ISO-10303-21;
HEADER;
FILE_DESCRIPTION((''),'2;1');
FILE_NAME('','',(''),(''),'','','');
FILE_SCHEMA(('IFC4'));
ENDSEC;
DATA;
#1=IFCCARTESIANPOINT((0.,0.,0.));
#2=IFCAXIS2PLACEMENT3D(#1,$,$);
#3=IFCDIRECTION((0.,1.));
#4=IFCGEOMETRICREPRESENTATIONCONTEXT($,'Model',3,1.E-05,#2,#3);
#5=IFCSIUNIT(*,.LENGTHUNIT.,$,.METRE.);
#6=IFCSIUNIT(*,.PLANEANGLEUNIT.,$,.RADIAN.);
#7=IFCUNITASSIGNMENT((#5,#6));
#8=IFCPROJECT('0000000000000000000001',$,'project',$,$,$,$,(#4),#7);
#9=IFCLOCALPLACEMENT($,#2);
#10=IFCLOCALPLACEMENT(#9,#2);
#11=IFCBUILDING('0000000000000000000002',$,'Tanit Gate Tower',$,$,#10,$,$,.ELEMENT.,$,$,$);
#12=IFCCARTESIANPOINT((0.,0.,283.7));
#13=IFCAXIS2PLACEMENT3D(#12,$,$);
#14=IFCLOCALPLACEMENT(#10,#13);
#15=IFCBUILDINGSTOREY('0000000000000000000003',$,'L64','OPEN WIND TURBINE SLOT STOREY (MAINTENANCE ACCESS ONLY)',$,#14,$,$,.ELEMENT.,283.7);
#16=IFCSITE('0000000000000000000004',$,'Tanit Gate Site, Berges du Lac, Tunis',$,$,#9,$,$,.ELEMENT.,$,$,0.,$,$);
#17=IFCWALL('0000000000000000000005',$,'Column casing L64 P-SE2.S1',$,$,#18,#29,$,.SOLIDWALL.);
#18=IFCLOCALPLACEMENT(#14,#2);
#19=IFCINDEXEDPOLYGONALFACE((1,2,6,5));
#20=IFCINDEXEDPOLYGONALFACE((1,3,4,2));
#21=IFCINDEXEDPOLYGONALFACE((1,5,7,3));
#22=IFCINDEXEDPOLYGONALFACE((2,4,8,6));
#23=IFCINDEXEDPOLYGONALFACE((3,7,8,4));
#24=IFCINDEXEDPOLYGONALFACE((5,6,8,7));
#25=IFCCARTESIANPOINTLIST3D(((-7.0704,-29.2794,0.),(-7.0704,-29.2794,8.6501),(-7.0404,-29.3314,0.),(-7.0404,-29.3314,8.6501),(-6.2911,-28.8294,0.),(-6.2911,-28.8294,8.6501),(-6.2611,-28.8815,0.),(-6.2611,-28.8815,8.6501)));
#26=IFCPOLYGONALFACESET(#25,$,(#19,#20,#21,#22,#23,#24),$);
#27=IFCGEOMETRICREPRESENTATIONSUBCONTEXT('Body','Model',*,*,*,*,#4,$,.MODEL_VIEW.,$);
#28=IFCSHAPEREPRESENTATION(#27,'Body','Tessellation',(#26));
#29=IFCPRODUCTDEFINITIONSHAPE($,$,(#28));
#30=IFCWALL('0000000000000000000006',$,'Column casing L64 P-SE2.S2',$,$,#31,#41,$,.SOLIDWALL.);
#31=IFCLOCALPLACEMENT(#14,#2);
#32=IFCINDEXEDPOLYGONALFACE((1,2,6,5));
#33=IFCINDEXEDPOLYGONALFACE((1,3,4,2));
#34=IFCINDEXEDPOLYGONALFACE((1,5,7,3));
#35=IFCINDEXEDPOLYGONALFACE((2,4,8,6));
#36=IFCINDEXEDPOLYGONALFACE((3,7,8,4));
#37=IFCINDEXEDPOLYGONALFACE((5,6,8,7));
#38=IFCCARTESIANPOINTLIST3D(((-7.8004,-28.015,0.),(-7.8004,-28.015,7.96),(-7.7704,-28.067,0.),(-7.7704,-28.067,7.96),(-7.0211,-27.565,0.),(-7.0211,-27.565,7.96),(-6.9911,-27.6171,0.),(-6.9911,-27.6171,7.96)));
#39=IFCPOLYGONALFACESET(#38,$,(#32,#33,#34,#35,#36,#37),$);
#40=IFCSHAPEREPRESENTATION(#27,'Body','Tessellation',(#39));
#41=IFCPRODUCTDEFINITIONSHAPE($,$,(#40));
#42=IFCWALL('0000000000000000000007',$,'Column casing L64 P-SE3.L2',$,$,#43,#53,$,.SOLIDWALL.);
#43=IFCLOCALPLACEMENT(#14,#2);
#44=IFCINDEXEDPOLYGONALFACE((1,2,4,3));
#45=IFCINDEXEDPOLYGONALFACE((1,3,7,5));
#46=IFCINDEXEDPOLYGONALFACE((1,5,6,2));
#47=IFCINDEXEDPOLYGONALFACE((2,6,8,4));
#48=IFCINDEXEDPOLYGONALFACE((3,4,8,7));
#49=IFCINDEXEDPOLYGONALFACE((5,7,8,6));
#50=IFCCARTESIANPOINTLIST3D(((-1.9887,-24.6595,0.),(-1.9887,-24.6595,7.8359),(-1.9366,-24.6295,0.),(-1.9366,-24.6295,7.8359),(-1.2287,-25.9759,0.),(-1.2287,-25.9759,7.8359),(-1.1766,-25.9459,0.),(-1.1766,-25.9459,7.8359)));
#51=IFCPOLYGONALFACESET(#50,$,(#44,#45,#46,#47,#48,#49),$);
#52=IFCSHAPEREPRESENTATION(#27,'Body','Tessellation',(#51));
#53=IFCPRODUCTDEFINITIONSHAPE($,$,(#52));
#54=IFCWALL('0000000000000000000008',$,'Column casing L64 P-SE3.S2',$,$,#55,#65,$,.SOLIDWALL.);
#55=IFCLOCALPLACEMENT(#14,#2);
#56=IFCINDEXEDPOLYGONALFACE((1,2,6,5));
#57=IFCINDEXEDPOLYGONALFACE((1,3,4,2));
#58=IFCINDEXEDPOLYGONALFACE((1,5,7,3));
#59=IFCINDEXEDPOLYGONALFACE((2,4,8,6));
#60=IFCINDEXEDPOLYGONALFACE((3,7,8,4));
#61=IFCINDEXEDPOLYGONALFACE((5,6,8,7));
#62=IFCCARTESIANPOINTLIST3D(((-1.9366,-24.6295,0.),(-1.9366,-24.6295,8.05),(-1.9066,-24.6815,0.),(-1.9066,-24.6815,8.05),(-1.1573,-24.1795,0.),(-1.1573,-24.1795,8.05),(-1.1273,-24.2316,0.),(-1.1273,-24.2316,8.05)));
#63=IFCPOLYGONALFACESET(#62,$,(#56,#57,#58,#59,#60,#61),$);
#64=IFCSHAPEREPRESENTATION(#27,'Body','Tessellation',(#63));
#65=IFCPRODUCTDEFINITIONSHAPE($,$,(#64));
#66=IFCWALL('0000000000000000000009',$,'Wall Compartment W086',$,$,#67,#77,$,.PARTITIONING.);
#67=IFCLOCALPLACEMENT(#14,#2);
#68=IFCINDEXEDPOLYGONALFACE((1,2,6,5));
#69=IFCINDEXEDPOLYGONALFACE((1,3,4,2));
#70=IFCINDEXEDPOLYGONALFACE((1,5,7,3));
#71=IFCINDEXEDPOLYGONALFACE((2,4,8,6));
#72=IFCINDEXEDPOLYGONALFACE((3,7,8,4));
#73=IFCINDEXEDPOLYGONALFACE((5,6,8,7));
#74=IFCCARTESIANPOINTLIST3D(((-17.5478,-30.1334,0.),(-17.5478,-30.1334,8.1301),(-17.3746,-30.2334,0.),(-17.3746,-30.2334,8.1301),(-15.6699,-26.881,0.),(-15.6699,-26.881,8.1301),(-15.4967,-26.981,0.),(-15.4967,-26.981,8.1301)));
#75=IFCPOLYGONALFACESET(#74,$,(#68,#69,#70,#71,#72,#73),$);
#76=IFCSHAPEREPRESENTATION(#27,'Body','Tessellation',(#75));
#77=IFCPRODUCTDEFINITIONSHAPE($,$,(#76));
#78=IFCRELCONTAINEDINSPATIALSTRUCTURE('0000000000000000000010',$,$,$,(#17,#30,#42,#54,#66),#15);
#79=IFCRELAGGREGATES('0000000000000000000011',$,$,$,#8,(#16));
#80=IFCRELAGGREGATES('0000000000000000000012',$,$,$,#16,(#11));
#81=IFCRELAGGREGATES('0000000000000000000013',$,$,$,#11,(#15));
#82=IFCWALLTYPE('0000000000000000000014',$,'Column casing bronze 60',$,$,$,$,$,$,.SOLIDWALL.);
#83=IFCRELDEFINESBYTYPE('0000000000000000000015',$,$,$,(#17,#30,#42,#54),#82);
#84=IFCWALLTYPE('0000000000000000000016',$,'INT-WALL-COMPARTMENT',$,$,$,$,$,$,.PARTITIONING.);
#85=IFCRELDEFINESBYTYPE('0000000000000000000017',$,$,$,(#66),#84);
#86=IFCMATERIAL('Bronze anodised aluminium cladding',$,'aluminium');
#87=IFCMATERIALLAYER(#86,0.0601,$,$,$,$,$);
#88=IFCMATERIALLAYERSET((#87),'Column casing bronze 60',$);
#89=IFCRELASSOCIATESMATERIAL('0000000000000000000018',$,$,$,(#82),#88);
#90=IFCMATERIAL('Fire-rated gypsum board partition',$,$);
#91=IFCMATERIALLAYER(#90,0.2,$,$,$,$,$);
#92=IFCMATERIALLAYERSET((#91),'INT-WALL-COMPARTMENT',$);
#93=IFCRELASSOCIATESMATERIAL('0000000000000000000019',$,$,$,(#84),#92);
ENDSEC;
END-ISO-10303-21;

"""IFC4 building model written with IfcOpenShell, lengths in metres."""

from ifc_helpers import new_model, si_unit, direction, frame, frame_2d, origin, place, context, subcontext, project, spatial, rectangle, extrude, material, layer, layer_set, type_object, element, save


model = new_model("IFC4")

# Units and contexts
model_context = context("Model", 3, precision=1e-05, world=origin(), true_north=direction((0.0, 1.0)))
body_context = subcontext(model_context, "Body", "Model", "MODEL_VIEW")
ifc_project = project(units=[si_unit("LENGTHUNIT", "METRE"), si_unit("PLANEANGLEUNIT", "RADIAN")], contexts=[model_context])

# Site, building, storey
site_placement = place(None, origin())
site = spatial("IfcSite", under=ifc_project, at=site_placement, Name="Tanit Gate Site, Berges du Lac, Tunis", CompositionType="ELEMENT", RefElevation=0.0)
building_placement = place(site_placement, origin())
building = spatial("IfcBuilding", under=site, at=building_placement, Name="Tanit Gate Tower", CompositionType="ELEMENT")
storey_placement = place(building_placement, frame((0.0, 0.0, 283.7)))
storey = spatial("IfcBuildingStorey", under=building, at=storey_placement, Name="L64", Description="OPEN WIND TURBINE SLOT STOREY (MAINTENANCE ACCESS ONLY)", CompositionType="ELEMENT", Elevation=283.7)

# Walls
ifc_material_1 = material(Name="Bronze anodised aluminium cladding", Category="aluminium")
ifc_layer_1 = layer(ifc_material_1, 0.0601)
ifc_layer_set_1 = layer_set([ifc_layer_1], Name="Column casing bronze 60")
wall_type_1 = type_object("IfcWallType", Name="Column casing bronze 60", PredefinedType="SOLIDWALL", material=ifc_layer_set_1)
wall_1_placement = place(storey_placement, frame((-7.0554, -29.3054, 0.0), z_axis=(0.0, 0.0, 1.0), x_axis=(0.866014, 0.50002, 0.0)))
element("IfcWall", 1, at=wall_1_placement, inside=storey, type_object=wall_type_1, Name="Column casing L64 P-SE2.S1", PredefinedType="SOLIDWALL", context=body_context, shape_type="SweptSolid", body=[
    extrude(rectangle(XDim=0.8999, YDim=0.0601, at=frame_2d((0.45, 0.0))), origin(), (0.0, 0.0, 1.0), 8.6501),
])
wall_2_placement = place(storey_placement, frame((-7.7854, -28.041, 0.0), z_axis=(0.0, 0.0, 1.0), x_axis=(0.866014, 0.50002, 0.0)))
element("IfcWall", 2, at=wall_2_placement, inside=storey, type_object=wall_type_1, Name="Column casing L64 P-SE2.S2", PredefinedType="SOLIDWALL", context=body_context, shape_type="SweptSolid", body=[
    extrude(rectangle(XDim=0.8999, YDim=0.0601, at=frame_2d((0.45, 0.0))), origin(), (0.0, 0.0, 1.0), 7.96),
])
wall_3_placement = place(storey_placement, frame((-1.9626, -24.6445, 0.0), z_axis=(0.0, 0.0, 1.0), x_axis=(0.499991, -0.86603, 0.0)))
element("IfcWall", 3, at=wall_3_placement, inside=storey, type_object=wall_type_1, Name="Column casing L64 P-SE3.L2", PredefinedType="SOLIDWALL", context=body_context, shape_type="SweptSolid", body=[
    extrude(rectangle(XDim=1.52, YDim=0.0601, at=frame_2d((0.76, 0.0))), origin(), (0.0, 0.0, 1.0), 7.8359),
])
wall_4_placement = place(storey_placement, frame((-1.9216, -24.6555, 0.0), z_axis=(0.0, 0.0, 1.0), x_axis=(0.866014, 0.50002, 0.0)))
element("IfcWall", 4, at=wall_4_placement, inside=storey, type_object=wall_type_1, Name="Column casing L64 P-SE3.S2", PredefinedType="SOLIDWALL", context=body_context, shape_type="SweptSolid", body=[
    extrude(rectangle(XDim=0.8999, YDim=0.0601, at=frame_2d((0.45, 0.0))), origin(), (0.0, 0.0, 1.0), 8.05),
])
ifc_material_2 = material(Name="Fire-rated gypsum board partition")
ifc_layer_2 = layer(ifc_material_2, 0.2)
ifc_layer_set_2 = layer_set([ifc_layer_2], Name="INT-WALL-COMPARTMENT")
wall_type_2 = type_object("IfcWallType", Name="INT-WALL-COMPARTMENT", PredefinedType="PARTITIONING", material=ifc_layer_set_2)
wall_5_placement = place(storey_placement, frame((-15.5833, -26.9309, 0.0), z_axis=(0.0, 0.0, 1.0), x_axis=(-0.500026, -0.86601, 0.0)))
element("IfcWall", 5, at=wall_5_placement, inside=storey, type_object=wall_type_2, Name="Wall Compartment W086", PredefinedType="PARTITIONING", context=body_context, shape_type="SweptSolid", body=[
    extrude(rectangle(XDim=3.7556, YDim=0.2, at=frame_2d((1.8779, 0.0))), origin(), (0.0, 0.0, 1.0), 8.1301),
])

save(model, "model.ifc")
